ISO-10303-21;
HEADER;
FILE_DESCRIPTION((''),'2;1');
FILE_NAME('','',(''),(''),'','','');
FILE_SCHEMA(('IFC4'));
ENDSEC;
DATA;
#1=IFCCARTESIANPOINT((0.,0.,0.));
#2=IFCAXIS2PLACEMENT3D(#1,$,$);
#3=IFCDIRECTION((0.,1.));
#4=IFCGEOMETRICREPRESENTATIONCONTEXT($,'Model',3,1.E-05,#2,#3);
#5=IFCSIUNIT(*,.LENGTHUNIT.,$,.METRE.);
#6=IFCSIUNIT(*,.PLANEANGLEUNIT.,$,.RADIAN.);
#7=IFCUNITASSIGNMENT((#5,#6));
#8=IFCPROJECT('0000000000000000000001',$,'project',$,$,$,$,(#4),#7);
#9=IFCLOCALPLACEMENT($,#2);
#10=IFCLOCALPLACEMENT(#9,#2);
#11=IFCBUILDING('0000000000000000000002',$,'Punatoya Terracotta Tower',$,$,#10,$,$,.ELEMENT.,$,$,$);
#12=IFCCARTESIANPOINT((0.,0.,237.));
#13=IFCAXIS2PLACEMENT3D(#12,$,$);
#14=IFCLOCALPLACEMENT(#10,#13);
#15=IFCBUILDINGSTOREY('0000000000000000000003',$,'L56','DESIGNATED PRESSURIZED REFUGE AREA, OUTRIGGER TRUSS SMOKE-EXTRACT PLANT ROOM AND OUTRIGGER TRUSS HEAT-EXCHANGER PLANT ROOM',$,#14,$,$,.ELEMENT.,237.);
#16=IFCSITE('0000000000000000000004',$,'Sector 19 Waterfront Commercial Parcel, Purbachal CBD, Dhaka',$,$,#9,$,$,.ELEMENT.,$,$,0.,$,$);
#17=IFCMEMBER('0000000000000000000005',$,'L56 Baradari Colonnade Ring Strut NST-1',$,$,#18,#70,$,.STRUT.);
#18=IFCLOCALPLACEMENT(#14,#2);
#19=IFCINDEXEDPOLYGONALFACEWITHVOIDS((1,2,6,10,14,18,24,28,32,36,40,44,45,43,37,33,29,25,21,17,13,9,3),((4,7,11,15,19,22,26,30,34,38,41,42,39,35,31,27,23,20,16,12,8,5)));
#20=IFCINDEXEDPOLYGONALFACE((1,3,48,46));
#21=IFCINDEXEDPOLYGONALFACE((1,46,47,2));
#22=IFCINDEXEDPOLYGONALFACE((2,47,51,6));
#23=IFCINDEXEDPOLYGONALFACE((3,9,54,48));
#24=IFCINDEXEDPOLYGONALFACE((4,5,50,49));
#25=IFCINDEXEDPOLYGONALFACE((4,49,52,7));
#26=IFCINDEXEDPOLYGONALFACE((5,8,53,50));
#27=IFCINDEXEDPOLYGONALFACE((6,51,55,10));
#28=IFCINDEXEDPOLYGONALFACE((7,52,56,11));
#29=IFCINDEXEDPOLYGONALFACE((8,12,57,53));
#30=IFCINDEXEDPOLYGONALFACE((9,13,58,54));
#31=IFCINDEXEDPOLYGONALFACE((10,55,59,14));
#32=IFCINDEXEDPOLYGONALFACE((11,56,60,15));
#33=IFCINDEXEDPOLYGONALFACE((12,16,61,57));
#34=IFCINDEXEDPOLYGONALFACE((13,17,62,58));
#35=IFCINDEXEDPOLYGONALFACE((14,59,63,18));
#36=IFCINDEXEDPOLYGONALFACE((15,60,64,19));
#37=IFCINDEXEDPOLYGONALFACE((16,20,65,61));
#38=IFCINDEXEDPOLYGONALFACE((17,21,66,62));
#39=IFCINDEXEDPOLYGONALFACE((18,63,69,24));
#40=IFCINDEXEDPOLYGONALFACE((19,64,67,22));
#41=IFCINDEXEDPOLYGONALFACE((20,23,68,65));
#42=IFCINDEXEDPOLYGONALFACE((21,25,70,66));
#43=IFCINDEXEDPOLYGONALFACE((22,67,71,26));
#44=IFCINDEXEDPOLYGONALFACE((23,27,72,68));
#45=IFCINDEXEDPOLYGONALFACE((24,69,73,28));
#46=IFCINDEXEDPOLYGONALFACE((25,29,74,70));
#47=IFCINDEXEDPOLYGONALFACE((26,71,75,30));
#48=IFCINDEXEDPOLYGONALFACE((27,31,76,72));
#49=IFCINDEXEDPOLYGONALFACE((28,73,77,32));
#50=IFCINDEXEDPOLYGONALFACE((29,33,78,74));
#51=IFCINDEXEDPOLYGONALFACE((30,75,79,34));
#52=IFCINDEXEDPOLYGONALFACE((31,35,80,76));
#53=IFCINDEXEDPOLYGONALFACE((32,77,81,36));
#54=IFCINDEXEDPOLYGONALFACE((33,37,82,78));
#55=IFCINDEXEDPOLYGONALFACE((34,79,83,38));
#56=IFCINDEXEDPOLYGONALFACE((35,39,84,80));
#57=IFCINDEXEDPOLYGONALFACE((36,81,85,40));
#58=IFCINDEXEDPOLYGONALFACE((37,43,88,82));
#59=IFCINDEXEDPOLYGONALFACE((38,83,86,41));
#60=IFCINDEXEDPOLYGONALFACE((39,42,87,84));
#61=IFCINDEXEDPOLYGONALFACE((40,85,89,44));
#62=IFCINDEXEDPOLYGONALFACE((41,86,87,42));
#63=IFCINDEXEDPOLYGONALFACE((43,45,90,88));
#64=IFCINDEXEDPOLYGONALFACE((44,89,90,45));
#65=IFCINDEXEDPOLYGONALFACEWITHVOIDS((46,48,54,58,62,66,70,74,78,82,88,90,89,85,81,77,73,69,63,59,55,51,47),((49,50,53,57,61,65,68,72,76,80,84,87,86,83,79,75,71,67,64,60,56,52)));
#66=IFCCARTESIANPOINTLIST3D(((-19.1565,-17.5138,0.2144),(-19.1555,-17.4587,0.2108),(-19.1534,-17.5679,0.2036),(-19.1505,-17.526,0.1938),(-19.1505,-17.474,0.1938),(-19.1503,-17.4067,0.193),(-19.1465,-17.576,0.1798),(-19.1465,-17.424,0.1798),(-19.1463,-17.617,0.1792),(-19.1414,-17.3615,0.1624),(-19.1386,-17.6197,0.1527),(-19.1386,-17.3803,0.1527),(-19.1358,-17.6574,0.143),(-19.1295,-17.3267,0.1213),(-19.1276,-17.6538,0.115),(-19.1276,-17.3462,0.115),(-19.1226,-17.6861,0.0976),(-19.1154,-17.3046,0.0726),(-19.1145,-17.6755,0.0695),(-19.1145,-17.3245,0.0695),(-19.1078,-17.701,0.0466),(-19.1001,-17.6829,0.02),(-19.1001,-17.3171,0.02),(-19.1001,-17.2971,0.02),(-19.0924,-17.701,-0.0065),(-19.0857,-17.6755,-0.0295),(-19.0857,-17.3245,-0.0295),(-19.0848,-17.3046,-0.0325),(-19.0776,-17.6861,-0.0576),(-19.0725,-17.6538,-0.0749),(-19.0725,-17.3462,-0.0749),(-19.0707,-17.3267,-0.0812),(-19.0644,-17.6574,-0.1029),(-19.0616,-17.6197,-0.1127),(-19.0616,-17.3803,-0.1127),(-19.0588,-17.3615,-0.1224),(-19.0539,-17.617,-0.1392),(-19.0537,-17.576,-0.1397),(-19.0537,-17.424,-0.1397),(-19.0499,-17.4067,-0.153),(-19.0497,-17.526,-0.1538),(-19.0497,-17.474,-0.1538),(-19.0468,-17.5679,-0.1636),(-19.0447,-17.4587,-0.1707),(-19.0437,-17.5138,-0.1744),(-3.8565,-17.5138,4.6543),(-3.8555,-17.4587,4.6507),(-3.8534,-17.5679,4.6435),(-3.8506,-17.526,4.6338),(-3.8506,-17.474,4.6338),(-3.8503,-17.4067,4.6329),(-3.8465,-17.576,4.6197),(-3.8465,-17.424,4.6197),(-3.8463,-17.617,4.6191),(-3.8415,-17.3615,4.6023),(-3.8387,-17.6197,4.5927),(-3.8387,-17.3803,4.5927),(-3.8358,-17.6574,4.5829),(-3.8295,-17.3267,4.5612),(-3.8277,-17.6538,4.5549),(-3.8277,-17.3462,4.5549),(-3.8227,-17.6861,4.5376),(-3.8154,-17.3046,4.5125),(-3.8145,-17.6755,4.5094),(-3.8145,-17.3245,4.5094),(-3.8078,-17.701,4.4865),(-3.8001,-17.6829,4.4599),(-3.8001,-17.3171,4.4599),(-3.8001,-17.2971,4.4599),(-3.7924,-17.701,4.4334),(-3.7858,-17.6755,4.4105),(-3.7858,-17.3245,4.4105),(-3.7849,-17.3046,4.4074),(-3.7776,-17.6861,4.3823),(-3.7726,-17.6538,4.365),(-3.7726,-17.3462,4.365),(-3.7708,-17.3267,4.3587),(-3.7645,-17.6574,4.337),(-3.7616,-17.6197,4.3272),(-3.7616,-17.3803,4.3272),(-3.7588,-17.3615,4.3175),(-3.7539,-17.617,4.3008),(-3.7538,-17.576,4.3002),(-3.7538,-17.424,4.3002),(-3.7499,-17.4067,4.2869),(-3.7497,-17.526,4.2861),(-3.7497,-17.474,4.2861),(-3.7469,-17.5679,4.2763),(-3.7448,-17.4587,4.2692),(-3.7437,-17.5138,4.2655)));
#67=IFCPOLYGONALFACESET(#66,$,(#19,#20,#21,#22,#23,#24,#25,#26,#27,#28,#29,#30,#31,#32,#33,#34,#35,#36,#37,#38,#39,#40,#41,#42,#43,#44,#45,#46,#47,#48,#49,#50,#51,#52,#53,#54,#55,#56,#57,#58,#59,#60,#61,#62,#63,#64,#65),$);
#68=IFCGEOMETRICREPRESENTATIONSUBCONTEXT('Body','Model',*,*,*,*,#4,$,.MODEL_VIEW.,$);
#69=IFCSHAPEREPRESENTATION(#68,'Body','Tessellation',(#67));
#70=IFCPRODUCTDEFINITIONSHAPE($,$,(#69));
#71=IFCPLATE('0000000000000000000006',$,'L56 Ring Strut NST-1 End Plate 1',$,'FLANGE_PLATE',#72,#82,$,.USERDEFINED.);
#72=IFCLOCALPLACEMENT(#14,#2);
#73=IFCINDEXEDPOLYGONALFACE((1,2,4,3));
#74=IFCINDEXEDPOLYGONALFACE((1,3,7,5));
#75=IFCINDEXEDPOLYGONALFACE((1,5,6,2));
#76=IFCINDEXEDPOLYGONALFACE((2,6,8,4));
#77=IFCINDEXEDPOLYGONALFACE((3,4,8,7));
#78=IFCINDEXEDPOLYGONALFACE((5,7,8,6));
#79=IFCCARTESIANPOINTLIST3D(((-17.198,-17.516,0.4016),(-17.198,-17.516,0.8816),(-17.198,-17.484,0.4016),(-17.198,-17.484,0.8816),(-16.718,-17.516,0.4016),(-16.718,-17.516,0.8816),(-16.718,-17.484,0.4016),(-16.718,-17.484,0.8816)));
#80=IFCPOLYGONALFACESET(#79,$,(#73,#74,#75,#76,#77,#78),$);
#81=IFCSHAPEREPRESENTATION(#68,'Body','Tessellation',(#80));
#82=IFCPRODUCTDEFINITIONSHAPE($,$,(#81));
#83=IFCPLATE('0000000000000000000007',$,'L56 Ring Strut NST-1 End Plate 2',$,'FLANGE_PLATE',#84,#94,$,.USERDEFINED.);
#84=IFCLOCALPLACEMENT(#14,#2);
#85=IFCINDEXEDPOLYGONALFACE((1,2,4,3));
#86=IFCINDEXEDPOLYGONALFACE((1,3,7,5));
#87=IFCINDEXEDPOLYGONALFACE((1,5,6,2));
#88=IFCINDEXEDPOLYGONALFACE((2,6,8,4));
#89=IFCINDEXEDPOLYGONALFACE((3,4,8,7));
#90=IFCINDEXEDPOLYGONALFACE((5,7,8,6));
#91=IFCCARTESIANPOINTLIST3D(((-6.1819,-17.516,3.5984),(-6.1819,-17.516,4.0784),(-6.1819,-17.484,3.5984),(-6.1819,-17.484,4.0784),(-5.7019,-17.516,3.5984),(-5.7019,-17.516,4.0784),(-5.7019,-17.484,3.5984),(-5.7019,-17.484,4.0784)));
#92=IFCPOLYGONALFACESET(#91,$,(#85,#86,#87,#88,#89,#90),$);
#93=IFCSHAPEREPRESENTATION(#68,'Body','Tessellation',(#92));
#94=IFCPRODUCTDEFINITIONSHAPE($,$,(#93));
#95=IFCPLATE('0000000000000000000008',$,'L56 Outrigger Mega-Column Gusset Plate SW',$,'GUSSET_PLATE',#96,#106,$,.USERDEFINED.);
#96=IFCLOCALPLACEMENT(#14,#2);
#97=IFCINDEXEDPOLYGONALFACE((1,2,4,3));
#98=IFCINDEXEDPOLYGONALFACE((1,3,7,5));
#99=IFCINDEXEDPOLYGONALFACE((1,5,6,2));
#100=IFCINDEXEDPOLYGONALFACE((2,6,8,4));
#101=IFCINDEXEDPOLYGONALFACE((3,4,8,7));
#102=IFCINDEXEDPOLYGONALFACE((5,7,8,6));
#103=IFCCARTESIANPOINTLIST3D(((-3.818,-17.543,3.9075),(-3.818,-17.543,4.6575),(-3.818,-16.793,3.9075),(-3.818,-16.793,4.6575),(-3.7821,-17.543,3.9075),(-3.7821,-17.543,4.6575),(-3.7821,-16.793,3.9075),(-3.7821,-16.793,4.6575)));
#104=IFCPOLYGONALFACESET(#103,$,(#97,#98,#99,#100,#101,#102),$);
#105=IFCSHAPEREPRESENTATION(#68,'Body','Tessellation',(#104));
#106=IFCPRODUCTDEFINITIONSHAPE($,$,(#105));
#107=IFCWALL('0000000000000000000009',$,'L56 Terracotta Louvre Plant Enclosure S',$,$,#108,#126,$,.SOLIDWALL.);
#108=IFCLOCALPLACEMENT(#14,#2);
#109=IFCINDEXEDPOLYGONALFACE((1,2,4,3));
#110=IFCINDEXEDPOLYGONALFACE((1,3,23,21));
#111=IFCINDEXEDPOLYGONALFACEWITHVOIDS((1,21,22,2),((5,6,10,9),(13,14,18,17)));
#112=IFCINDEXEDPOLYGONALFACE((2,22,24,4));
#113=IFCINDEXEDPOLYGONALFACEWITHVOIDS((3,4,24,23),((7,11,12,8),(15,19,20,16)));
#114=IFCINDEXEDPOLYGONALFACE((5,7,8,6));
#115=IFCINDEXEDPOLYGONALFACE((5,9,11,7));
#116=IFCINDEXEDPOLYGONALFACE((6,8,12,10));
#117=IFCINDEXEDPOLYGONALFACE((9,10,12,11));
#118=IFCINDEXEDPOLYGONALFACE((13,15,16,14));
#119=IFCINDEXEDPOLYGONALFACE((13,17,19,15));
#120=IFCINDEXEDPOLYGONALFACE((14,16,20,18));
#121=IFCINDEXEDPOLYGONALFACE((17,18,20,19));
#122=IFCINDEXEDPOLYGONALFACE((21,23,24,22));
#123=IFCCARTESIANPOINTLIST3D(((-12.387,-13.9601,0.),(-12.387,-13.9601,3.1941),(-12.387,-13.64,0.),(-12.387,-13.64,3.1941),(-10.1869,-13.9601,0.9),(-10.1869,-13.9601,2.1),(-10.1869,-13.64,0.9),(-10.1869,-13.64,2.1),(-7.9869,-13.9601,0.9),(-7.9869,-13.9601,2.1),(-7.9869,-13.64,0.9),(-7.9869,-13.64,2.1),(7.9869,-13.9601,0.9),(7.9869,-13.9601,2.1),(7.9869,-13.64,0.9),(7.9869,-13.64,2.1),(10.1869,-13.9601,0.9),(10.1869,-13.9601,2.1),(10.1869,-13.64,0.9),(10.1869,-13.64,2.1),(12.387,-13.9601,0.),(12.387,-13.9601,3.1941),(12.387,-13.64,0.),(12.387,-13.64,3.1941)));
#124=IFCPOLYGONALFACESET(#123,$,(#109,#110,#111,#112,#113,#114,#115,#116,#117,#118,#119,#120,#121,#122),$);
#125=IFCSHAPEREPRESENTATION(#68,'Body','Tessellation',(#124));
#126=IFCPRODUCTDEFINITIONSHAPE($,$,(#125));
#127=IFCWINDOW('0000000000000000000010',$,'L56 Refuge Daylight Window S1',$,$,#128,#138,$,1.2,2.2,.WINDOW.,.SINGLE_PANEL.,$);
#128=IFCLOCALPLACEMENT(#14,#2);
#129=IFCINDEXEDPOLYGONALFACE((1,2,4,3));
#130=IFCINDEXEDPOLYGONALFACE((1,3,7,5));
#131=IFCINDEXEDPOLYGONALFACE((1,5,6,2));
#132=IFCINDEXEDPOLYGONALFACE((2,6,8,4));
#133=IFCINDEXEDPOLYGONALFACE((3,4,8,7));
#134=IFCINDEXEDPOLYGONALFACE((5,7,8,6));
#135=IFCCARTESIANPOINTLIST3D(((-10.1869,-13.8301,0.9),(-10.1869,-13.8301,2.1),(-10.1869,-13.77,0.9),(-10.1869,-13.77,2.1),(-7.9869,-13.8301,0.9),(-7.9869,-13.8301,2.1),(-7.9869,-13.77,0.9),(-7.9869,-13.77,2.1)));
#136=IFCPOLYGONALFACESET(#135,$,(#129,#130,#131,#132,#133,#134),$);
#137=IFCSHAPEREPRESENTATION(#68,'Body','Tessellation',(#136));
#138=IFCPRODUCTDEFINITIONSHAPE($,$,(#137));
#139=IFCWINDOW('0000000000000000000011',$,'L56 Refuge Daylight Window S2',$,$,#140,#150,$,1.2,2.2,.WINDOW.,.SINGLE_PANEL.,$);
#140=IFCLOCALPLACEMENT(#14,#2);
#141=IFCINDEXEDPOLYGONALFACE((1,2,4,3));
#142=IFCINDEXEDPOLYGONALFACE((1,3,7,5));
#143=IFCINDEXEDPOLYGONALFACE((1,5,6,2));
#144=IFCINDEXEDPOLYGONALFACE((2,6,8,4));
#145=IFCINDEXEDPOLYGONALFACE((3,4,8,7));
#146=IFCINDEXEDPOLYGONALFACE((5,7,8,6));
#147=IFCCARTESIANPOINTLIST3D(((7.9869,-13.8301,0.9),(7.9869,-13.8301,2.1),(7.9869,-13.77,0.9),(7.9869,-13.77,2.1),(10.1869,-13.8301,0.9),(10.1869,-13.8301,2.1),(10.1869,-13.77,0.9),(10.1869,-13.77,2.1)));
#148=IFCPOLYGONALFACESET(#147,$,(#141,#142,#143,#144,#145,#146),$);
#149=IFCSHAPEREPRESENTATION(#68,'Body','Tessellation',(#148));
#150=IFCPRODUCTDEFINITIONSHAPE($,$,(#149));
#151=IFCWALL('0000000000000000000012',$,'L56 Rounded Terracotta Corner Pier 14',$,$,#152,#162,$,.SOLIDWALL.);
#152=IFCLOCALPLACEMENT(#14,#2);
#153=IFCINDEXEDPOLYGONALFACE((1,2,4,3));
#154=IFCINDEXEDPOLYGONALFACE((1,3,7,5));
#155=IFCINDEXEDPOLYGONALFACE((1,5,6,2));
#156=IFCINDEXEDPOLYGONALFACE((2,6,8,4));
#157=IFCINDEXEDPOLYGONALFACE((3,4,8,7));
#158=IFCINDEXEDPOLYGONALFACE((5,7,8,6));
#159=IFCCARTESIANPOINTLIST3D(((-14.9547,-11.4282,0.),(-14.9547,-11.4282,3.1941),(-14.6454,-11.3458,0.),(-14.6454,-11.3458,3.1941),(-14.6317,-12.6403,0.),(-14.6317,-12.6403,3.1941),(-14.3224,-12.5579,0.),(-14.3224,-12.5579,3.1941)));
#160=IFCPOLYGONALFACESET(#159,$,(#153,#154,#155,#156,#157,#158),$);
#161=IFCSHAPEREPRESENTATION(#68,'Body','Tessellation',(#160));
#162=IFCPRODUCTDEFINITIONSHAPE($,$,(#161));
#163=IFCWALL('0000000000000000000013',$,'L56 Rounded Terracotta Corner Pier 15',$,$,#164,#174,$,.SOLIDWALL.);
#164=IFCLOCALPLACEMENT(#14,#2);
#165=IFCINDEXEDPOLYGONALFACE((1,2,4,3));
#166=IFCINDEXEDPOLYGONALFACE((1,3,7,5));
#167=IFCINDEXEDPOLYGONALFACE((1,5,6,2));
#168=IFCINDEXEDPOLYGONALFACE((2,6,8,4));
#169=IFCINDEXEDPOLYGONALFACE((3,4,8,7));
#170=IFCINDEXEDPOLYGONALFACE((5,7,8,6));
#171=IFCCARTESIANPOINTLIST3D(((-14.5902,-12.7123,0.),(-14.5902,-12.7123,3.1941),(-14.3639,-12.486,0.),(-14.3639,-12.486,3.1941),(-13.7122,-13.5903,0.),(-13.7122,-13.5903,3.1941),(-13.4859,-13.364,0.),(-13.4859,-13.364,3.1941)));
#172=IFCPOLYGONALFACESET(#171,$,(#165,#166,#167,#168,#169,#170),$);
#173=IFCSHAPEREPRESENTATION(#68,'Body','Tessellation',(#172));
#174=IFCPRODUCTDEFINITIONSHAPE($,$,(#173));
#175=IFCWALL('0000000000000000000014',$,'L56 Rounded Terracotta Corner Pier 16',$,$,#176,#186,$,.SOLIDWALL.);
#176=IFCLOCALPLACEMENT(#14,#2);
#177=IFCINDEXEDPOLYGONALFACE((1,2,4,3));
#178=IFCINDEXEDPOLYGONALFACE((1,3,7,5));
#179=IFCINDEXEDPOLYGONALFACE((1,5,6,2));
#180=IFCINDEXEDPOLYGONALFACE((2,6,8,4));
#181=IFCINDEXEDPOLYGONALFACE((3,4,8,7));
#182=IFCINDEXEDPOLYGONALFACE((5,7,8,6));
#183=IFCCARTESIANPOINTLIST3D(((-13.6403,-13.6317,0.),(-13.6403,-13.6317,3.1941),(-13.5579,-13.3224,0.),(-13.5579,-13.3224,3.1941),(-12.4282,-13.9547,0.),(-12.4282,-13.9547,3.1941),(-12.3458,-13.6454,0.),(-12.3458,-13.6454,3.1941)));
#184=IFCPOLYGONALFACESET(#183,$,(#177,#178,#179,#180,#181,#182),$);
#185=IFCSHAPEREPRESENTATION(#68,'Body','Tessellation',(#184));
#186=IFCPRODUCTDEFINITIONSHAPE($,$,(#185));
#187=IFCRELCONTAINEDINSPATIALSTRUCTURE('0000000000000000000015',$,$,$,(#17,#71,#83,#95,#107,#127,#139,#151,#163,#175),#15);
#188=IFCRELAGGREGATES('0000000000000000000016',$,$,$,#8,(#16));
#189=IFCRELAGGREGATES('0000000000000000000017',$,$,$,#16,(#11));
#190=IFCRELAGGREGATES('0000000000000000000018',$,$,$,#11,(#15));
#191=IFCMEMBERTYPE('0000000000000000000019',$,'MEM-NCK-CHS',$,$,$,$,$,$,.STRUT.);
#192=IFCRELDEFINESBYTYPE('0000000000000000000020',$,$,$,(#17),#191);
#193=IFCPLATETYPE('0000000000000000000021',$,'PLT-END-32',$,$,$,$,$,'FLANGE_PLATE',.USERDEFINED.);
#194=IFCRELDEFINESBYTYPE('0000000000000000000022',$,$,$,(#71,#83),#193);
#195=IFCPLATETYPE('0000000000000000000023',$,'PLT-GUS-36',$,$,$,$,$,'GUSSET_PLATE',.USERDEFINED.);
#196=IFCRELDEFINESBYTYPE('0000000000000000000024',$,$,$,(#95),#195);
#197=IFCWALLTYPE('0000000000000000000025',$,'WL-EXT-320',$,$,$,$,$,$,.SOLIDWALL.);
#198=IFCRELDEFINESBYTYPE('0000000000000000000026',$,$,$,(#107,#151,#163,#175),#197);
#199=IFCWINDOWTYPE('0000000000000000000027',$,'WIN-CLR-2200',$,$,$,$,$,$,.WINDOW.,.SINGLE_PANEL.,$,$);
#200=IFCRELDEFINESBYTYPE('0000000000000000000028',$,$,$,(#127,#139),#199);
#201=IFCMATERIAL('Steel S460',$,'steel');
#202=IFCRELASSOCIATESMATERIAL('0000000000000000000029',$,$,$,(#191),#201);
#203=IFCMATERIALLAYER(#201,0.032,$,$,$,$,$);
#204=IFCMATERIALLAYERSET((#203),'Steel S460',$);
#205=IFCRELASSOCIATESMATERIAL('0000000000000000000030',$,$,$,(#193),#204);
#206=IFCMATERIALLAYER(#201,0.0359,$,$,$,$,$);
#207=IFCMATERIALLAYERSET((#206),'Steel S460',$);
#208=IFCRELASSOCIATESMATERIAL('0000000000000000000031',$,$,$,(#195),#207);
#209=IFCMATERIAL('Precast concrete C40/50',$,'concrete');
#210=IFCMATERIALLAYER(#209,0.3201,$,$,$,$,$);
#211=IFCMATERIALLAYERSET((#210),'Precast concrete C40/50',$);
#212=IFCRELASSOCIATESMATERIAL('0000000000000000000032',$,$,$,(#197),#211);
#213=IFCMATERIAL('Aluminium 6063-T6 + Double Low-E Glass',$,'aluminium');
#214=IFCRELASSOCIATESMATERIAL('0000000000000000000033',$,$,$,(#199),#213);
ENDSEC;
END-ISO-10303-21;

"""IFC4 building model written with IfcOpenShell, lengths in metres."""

from ifc_helpers import new_model, si_unit, direction, frame, frame_2d, origin, origin_2d, place, context, subcontext, project, spatial, rectangle, hollow_circle, extrude, material, layer, layer_set, material_profile, profile_set, type_object, element, fill, save


model = new_model("IFC4")

# Units and contexts
model_context = context("Model", 3, precision=1e-05, world=origin(), true_north=direction((0.0, 1.0)))
body_context = subcontext(model_context, "Body", "Model", "MODEL_VIEW")
ifc_project = project(units=[si_unit("LENGTHUNIT", "METRE"), si_unit("PLANEANGLEUNIT", "RADIAN")], contexts=[model_context])

# Site, building, storey
site_placement = place(None, origin())
site = spatial("IfcSite", under=ifc_project, at=site_placement, Name="Sector 19 Waterfront Commercial Parcel, Purbachal CBD, Dhaka", CompositionType="ELEMENT", RefElevation=0.0)
building_placement = place(site_placement, origin())
building = spatial("IfcBuilding", under=site, at=building_placement, Name="Punatoya Terracotta Tower", CompositionType="ELEMENT")
storey_placement = place(building_placement, frame((0.0, 0.0, 237.0)))
storey = spatial("IfcBuildingStorey", under=building, at=storey_placement, Name="L56", Description="DESIGNATED PRESSURIZED REFUGE AREA, OUTRIGGER TRUSS SMOKE-EXTRACT PLANT ROOM AND OUTRIGGER TRUSS HEAT-EXCHANGER PLANT ROOM", CompositionType="ELEMENT", Elevation=237.0)

# Shared definitions
ifc_material_1 = material(Name="Steel S460", Category="steel")

# Member
ifc_material_profile_1 = material_profile(ifc_material_1, hollow_circle(Radius=0.2029, WallThickness=0.02, at=origin_2d()))
ifc_profile_set_1 = profile_set([ifc_material_profile_1], Name="Steel S460")
member_type = type_object("IfcMemberType", Name="MEM-NCK-CHS", PredefinedType="STRUT", material=ifc_profile_set_1)
member_placement = place(storey_placement, frame((-19.1001, -17.5, 0.02), z_axis=(0.96038, 0.0, 0.278694), x_axis=(0.0, 1.0, 0.0)))
element("IfcMember", 1, at=member_placement, inside=storey, type_object=member_type, Name="L56 Baradari Colonnade Ring Strut NST-1", PredefinedType="STRUT", context=body_context, shape_type="SweptSolid", body=[
    extrude(hollow_circle(Radius=0.2029, WallThickness=0.02, at=origin_2d()), origin(), (0.0, 0.0, 1.0), 15.9312),
])

# Plates
ifc_layer_1 = layer(ifc_material_1, 0.032)
ifc_layer_set_1 = layer_set([ifc_layer_1], Name="Steel S460")
plate_type_1 = type_object("IfcPlateType", Name="PLT-END-32", ElementType="FLANGE_PLATE", PredefinedType="USERDEFINED", material=ifc_layer_set_1)
for number, where, z_axis, x_axis, name in (
    (2, (-16.958, -17.5, 0.4016), (0.0, 0.0, 1.0), (1.0, 0.0, 0.0), "L56 Ring Strut NST-1 End Plate 1"),
    (3, (-5.9419, -17.5, 3.5984), (0.0, 0.0, 1.0), (1.0, 0.0, 0.0), "L56 Ring Strut NST-1 End Plate 2"),
):
    element("IfcPlate", number, at=place(storey_placement, frame(where, z_axis=z_axis, x_axis=x_axis)), inside=storey, type_object=plate_type_1, Name=name, ObjectType="FLANGE_PLATE", PredefinedType="USERDEFINED", context=body_context, shape_type="SweptSolid", body=[
        extrude(rectangle(XDim=0.48, YDim=0.032, at=origin_2d()), origin(), (0.0, 0.0, 1.0), 0.48),
    ])
ifc_layer_2 = layer(ifc_material_1, 0.0359)
ifc_layer_set_2 = layer_set([ifc_layer_2], Name="Steel S460")
plate_type_2 = type_object("IfcPlateType", Name="PLT-GUS-36", ElementType="GUSSET_PLATE", PredefinedType="USERDEFINED", material=ifc_layer_set_2)
plate_placement = place(storey_placement, frame((-3.8, -17.168, 3.9075), z_axis=(0.0, 0.0, 1.0), x_axis=(0.0, 1.0, 0.0)))
element("IfcPlate", 4, at=plate_placement, inside=storey, type_object=plate_type_2, Name="L56 Outrigger Mega-Column Gusset Plate SW", ObjectType="GUSSET_PLATE", PredefinedType="USERDEFINED", context=body_context, shape_type="SweptSolid", body=[
    extrude(rectangle(XDim=0.75, YDim=0.0359, at=origin_2d()), origin(), (0.0, 0.0, 1.0), 0.75),
])

# Wall, openings, windows
ifc_material_2 = material(Name="Precast concrete C40/50", Category="concrete")
ifc_layer_3 = layer(ifc_material_2, 0.3201)
ifc_layer_set_3 = layer_set([ifc_layer_3], Name="Precast concrete C40/50")
wall_type_1 = type_object("IfcWallType", Name="WL-EXT-320", PredefinedType="SOLIDWALL", material=ifc_layer_set_3)
wall_1_placement = place(storey_placement, frame((-12.387, -13.8, 0.0), z_axis=(0.0, 0.0, 1.0), x_axis=(1.0, 0.0, 0.0)))
wall_1 = element("IfcWall", 5, at=wall_1_placement, inside=storey, type_object=wall_type_1, Name="L56 Terracotta Louvre Plant Enclosure S", PredefinedType="SOLIDWALL", context=body_context, shape_type="SweptSolid", body=[
    extrude(rectangle(XDim=24.7739, YDim=0.3201, at=frame_2d((12.387, 0.0))), origin(), (0.0, 0.0, 1.0), 3.1941),
])
opening_1_placement = place(wall_1_placement, frame((2.2, 0.0, 0.8999)))
opening_1 = element("IfcOpeningElement", 6, at=opening_1_placement, cuts=wall_1, PredefinedType="OPENING", context=body_context, shape_type="SweptSolid", body=[
    extrude(rectangle(XDim=2.2, YDim=1.2, at=frame_2d((1.1001, 0.6001))), frame((0.0, 0.1699, 0.0), z_axis=(0.0, -1.0, 0.0), x_axis=(1.0, 0.0, 0.0)), (0.0, 0.0, 1.0), 0.3401),
])
opening_2_placement = place(wall_1_placement, frame((20.3738, 0.0, 0.8999)))
opening_2 = element("IfcOpeningElement", 7, at=opening_2_placement, cuts=wall_1, PredefinedType="OPENING", context=body_context, shape_type="SweptSolid", body=[
    extrude(rectangle(XDim=2.2, YDim=1.2, at=frame_2d((1.1001, 0.6001))), frame((0.0, 0.1699, 0.0), z_axis=(0.0, -1.0, 0.0), x_axis=(1.0, 0.0, 0.0)), (0.0, 0.0, 1.0), 0.3401),
])
ifc_material_3 = material(Name="Aluminium 6063-T6 + Double Low-E Glass", Category="aluminium")
window_type = type_object("IfcWindowType", Name="WIN-CLR-2200", PartitioningType="SINGLE_PANEL", PredefinedType="WINDOW", material=ifc_material_3)
window_1_placement = place(opening_1_placement, origin())
window_1 = element("IfcWindow", 8, at=window_1_placement, inside=storey, type_object=window_type, Name="L56 Refuge Daylight Window S1", OverallHeight=1.2, OverallWidth=2.2, PartitioningType="SINGLE_PANEL", PredefinedType="WINDOW", context=body_context, shape_type="SweptSolid", body=[
    extrude(rectangle(XDim=2.2, YDim=1.2, at=frame_2d((1.1001, 0.6001))), frame((0.0, 0.03, 0.0), z_axis=(0.0, -1.0, 0.0), x_axis=(1.0, 0.0, 0.0)), (0.0, 0.0, 1.0), 0.0601),
])
fill(opening_1, window_1)
window_2_placement = place(opening_2_placement, origin())
window_2 = element("IfcWindow", 9, at=window_2_placement, inside=storey, type_object=window_type, Name="L56 Refuge Daylight Window S2", OverallHeight=1.2, OverallWidth=2.2, PartitioningType="SINGLE_PANEL", PredefinedType="WINDOW", context=body_context, shape_type="SweptSolid", body=[
    extrude(rectangle(XDim=2.2, YDim=1.2, at=frame_2d((1.1001, 0.6001))), frame((0.0, 0.03, 0.0), z_axis=(0.0, -1.0, 0.0), x_axis=(1.0, 0.0, 0.0)), (0.0, 0.0, 1.0), 0.0601),
])
fill(opening_2, window_2)

# Walls
wall_2_placement = place(storey_placement, frame((-14.8, -11.387, 0.0), z_axis=(0.0, 0.0, 1.0), x_axis=(0.257481, -0.966283, 0.0)))
element("IfcWall", 10, at=wall_2_placement, inside=storey, type_object=wall_type_1, Name="L56 Rounded Terracotta Corner Pier 14", PredefinedType="SOLIDWALL", context=body_context, shape_type="SweptSolid", body=[
    extrude(rectangle(XDim=1.2544, YDim=0.3201, at=frame_2d((0.6272, 0.0))), origin(), (0.0, 0.0, 1.0), 3.1941),
])
wall_3_placement = place(storey_placement, frame((-14.4771, -12.5991, 0.0), z_axis=(0.0, 0.0, 1.0), x_axis=(0.707107, -0.707107, 0.0)))
element("IfcWall", 11, at=wall_3_placement, inside=storey, type_object=wall_type_1, Name="L56 Rounded Terracotta Corner Pier 15", PredefinedType="SOLIDWALL", context=body_context, shape_type="SweptSolid", body=[
    extrude(rectangle(XDim=1.2417, YDim=0.3201, at=frame_2d((0.6208, 0.0))), origin(), (0.0, 0.0, 1.0), 3.1941),
])
wall_4_placement = place(storey_placement, frame((-13.5991, -13.4771, 0.0), z_axis=(0.0, 0.0, 1.0), x_axis=(0.966283, -0.257481, 0.0)))
element("IfcWall", 12, at=wall_4_placement, inside=storey, type_object=wall_type_1, Name="L56 Rounded Terracotta Corner Pier 16", PredefinedType="SOLIDWALL", context=body_context, shape_type="SweptSolid", body=[
    extrude(rectangle(XDim=1.2544, YDim=0.3201, at=frame_2d((0.6272, 0.0))), origin(), (0.0, 0.0, 1.0), 3.1941),
])

save(model, "model.ifc")
